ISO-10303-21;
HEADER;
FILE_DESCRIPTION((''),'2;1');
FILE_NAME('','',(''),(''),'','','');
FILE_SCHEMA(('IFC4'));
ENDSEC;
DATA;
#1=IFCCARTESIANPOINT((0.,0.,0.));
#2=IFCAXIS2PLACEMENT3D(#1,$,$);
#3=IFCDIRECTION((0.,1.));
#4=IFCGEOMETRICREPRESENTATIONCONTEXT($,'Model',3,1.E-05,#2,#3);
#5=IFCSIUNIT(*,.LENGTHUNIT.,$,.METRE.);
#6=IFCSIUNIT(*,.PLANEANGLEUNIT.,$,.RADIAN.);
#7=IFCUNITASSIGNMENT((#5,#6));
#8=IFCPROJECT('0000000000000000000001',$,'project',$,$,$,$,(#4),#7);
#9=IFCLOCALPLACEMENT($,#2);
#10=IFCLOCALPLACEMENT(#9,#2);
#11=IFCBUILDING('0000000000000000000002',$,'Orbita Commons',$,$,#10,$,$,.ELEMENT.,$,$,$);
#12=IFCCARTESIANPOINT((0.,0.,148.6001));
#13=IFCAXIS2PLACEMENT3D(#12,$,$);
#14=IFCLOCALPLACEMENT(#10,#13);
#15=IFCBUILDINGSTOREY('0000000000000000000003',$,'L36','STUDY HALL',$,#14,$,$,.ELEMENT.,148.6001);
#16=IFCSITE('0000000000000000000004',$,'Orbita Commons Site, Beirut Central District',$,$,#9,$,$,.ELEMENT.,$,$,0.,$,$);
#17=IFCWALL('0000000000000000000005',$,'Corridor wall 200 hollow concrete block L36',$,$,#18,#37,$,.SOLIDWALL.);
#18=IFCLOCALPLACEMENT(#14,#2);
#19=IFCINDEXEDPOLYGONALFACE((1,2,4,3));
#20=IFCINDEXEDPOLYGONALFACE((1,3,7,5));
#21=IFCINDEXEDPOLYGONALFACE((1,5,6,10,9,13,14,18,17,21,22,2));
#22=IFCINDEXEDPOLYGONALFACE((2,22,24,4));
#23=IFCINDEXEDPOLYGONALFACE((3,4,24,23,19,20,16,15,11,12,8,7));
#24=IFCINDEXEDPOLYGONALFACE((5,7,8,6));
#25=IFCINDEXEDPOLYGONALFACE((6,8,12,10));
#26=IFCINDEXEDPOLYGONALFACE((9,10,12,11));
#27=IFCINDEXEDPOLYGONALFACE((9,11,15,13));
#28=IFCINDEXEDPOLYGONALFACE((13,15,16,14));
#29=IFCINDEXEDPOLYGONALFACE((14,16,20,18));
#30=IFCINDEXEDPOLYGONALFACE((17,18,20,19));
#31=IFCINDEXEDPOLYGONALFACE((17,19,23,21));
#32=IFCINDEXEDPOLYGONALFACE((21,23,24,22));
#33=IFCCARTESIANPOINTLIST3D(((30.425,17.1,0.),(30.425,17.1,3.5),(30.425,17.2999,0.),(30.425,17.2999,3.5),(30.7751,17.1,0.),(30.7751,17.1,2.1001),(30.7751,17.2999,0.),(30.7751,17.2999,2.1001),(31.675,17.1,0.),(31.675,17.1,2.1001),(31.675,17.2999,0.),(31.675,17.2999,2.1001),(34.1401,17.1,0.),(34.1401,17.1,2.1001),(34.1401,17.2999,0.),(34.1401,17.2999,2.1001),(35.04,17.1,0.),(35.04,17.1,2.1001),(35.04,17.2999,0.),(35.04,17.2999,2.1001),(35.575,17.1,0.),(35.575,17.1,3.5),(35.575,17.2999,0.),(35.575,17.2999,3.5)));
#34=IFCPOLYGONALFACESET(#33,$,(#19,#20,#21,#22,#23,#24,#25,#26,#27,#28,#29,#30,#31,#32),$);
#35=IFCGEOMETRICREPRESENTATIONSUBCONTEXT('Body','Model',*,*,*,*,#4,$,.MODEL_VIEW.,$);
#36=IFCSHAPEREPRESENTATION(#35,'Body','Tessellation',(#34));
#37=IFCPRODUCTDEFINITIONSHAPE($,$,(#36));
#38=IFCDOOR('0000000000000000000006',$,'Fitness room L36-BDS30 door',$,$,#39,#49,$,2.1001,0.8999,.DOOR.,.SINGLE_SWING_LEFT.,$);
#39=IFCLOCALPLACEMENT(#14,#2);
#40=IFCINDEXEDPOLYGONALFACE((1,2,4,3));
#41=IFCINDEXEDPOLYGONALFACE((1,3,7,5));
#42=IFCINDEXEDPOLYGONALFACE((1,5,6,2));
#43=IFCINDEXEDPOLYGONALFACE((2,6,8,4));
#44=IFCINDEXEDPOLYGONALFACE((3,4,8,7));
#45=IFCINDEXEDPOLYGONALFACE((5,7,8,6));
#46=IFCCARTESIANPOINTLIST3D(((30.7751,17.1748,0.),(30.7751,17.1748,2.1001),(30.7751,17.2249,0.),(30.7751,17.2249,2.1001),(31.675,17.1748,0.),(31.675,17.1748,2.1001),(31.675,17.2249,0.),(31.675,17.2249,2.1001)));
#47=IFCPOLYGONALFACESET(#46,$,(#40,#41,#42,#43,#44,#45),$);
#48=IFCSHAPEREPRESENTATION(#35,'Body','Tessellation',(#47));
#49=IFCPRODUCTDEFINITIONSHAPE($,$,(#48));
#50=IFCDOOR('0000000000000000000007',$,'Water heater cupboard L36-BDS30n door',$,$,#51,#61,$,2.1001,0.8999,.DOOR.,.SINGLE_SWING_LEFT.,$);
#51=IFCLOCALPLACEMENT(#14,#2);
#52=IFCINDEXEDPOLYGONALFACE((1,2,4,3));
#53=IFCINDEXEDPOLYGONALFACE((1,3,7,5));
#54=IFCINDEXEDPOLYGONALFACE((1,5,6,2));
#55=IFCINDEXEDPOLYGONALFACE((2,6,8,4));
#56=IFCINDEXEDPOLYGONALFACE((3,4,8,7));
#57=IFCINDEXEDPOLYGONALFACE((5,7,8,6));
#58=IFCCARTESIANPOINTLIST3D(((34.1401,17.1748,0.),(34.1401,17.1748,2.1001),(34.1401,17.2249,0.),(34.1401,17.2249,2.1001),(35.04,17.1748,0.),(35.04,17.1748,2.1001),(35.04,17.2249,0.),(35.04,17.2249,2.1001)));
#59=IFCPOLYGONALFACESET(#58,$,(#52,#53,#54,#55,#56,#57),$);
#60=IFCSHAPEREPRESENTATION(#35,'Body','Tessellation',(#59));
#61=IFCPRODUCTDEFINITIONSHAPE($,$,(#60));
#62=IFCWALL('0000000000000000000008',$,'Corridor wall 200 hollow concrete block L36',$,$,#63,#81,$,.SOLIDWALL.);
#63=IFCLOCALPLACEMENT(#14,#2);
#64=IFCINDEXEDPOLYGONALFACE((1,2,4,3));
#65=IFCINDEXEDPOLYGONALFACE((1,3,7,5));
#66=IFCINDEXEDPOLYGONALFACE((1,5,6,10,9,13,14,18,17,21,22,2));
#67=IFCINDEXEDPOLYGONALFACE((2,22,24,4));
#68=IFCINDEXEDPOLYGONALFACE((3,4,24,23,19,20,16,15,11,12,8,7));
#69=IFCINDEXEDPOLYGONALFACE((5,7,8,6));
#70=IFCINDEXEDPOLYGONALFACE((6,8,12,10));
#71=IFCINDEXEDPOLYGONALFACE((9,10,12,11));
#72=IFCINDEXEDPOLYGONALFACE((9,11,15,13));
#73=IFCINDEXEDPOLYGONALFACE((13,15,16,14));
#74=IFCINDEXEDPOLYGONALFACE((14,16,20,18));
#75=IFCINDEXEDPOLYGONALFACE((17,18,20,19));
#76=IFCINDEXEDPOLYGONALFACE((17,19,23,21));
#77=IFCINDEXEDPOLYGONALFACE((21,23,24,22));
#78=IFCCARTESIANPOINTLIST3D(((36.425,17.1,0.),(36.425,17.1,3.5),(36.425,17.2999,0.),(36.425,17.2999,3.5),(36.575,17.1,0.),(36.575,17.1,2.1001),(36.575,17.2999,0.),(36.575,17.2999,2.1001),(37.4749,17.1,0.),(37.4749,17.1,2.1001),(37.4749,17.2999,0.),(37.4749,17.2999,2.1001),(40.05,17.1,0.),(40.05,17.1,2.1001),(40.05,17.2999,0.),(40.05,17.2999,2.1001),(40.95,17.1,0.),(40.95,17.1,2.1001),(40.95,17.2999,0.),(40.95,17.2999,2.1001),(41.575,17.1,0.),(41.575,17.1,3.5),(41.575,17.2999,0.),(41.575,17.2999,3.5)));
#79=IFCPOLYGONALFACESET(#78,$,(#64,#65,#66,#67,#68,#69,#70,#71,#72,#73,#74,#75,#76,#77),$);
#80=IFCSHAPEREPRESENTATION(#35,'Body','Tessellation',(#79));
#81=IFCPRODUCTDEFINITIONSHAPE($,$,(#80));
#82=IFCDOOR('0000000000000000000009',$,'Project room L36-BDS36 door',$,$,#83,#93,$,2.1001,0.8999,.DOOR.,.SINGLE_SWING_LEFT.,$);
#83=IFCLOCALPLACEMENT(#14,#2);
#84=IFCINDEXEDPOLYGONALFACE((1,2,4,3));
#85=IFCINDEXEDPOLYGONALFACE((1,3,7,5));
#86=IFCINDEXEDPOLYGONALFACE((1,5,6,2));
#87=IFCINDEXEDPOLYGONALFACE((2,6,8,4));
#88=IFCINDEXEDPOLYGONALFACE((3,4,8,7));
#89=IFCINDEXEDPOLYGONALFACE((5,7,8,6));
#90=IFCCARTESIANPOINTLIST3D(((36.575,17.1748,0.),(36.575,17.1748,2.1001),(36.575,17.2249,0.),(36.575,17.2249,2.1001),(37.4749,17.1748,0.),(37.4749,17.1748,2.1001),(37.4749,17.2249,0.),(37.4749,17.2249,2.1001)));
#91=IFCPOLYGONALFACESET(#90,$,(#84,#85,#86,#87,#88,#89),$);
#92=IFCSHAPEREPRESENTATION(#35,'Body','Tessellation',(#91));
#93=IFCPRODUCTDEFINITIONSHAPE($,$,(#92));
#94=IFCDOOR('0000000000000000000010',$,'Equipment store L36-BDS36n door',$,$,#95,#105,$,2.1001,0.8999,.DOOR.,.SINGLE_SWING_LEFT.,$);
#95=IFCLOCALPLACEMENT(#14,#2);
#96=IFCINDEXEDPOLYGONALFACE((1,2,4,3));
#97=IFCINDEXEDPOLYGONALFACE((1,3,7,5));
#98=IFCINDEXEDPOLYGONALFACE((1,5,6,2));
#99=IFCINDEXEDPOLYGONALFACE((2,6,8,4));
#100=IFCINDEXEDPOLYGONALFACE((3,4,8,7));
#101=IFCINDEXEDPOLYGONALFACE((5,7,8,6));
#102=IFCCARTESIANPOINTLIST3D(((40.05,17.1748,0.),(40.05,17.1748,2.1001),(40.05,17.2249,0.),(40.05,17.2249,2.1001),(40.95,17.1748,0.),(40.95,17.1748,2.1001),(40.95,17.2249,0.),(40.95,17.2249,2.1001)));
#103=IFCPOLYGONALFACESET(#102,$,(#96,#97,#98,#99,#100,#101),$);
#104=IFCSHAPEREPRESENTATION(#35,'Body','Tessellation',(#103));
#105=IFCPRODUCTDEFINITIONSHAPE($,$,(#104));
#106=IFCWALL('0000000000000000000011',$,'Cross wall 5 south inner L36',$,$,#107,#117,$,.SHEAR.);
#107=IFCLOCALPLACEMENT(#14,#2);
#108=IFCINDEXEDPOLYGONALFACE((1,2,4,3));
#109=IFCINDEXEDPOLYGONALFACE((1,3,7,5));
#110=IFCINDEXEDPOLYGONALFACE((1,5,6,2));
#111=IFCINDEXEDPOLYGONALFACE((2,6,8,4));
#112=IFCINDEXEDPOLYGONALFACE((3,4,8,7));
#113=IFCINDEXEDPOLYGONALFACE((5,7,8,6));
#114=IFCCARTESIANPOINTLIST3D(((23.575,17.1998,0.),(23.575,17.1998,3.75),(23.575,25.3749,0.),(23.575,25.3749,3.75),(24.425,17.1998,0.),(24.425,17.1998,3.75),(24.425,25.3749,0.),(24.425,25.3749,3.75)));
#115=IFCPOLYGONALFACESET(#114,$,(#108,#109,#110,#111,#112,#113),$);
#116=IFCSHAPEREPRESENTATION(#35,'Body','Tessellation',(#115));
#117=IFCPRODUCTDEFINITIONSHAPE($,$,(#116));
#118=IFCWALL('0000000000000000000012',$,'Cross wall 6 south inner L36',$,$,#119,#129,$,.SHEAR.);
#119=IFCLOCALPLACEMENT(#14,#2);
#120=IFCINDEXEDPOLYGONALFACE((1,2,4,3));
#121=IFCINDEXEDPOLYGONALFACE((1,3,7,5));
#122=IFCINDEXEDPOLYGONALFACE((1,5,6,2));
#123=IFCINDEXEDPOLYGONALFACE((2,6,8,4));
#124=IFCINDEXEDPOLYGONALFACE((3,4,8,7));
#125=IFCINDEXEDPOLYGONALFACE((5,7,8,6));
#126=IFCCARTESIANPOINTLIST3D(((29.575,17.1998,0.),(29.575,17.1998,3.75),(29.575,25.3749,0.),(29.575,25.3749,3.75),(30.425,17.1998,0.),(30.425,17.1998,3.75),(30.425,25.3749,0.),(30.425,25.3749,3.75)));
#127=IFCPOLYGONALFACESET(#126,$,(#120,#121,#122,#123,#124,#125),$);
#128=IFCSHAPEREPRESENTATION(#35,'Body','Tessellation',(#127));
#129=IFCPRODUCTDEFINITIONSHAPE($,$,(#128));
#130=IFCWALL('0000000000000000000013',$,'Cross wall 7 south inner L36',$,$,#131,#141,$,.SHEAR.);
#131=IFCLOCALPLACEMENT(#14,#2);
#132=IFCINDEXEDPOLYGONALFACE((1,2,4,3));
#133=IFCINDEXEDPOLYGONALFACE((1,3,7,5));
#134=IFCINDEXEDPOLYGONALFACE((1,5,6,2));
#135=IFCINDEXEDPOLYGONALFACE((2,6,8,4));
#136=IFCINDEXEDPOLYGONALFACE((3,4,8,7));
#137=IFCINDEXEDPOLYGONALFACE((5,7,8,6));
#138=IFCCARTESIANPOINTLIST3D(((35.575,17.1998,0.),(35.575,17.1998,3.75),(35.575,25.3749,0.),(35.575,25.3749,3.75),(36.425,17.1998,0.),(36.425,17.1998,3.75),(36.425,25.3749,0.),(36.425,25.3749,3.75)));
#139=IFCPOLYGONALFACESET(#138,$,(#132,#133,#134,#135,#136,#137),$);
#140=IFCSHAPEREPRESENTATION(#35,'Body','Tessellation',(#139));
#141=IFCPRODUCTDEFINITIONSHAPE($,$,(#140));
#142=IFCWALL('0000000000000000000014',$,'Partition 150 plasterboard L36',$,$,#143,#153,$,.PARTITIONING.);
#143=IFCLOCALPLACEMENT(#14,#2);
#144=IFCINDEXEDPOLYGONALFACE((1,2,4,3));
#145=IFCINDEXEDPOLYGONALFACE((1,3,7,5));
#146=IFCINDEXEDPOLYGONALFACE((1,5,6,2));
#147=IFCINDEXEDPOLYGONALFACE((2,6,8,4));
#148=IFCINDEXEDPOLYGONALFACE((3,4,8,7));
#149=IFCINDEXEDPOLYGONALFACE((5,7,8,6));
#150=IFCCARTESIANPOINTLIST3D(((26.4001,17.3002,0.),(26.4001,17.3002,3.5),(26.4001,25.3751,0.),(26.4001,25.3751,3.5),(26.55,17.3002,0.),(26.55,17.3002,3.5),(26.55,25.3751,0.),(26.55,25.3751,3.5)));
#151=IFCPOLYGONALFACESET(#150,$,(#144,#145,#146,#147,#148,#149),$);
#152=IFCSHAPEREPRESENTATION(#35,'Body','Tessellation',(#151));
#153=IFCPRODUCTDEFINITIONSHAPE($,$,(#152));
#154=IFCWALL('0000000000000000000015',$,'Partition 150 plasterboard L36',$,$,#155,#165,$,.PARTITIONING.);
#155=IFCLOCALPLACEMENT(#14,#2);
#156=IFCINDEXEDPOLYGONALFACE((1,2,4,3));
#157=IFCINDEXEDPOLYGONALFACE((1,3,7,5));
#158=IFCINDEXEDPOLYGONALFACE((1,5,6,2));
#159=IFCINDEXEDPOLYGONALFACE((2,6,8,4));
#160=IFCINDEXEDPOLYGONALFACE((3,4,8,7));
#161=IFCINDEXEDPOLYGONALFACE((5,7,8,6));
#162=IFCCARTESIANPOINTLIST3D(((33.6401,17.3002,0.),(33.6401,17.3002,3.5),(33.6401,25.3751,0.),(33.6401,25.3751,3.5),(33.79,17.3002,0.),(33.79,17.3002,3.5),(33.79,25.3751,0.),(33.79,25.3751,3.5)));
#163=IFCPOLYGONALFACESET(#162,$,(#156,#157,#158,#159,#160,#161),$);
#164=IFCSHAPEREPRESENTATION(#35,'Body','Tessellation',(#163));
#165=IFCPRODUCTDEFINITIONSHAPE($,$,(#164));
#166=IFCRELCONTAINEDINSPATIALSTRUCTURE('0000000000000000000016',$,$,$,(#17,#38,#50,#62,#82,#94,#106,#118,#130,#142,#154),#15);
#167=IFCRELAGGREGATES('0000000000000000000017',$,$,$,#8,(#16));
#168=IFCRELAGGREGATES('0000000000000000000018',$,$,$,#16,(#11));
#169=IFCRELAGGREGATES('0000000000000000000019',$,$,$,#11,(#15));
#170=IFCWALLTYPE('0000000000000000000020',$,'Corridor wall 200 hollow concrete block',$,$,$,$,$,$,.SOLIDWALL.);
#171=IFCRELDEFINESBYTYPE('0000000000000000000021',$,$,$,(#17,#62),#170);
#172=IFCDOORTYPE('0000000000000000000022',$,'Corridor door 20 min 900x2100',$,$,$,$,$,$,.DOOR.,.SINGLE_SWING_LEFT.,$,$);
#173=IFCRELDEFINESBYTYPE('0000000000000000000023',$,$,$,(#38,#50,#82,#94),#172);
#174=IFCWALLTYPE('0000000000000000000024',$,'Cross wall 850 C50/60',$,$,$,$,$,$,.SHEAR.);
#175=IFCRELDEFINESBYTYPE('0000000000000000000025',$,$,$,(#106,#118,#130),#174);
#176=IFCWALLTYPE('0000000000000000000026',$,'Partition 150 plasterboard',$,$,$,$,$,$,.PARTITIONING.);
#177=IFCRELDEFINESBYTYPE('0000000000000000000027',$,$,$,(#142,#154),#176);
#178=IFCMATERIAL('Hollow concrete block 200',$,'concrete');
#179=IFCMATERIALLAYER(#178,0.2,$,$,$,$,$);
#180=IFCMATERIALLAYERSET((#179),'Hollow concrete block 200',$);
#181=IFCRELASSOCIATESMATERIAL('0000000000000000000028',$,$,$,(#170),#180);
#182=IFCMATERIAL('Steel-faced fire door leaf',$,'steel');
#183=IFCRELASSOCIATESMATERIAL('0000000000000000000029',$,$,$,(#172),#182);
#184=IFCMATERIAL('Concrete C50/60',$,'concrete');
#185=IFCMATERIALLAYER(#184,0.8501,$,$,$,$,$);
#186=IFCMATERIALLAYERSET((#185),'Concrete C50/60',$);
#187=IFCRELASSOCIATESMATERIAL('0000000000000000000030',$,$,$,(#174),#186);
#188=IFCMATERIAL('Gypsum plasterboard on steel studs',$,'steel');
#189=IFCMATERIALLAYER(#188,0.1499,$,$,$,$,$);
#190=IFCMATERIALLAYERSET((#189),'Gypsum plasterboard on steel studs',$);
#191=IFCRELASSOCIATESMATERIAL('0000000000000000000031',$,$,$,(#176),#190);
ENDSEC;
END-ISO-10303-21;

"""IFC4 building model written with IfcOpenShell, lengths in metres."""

from ifc_helpers import new_model, si_unit, direction, frame, frame_2d, origin, place, context, subcontext, project, spatial, rectangle, extrude, material, layer, layer_set, type_object, element, fill, save


model = new_model("IFC4")

# Units and contexts
model_context = context("Model", 3, precision=1e-05, world=origin(), true_north=direction((0.0, 1.0)))
body_context = subcontext(model_context, "Body", "Model", "MODEL_VIEW")
ifc_project = project(units=[si_unit("LENGTHUNIT", "METRE"), si_unit("PLANEANGLEUNIT", "RADIAN")], contexts=[model_context])

# Site, building, storey
site_placement = place(None, origin())
site = spatial("IfcSite", under=ifc_project, at=site_placement, Name="Orbita Commons Site, Beirut Central District", CompositionType="ELEMENT", RefElevation=0.0)
building_placement = place(site_placement, origin())
building = spatial("IfcBuilding", under=site, at=building_placement, Name="Orbita Commons", CompositionType="ELEMENT")
storey_placement = place(building_placement, frame((0.0, 0.0, 148.6001)))
storey = spatial("IfcBuildingStorey", under=building, at=storey_placement, Name="L36", Description="STUDY HALL", CompositionType="ELEMENT", Elevation=148.6001)

# Walls, openings, doors
ifc_material_1 = material(Name="Hollow concrete block 200", Category="concrete")
ifc_layer_1 = layer(ifc_material_1, 0.2)
ifc_layer_set_1 = layer_set([ifc_layer_1], Name="Hollow concrete block 200")
wall_type_1 = type_object("IfcWallType", Name="Corridor wall 200 hollow concrete block", PredefinedType="SOLIDWALL", material=ifc_layer_set_1)
ifc_material_2 = material(Name="Steel-faced fire door leaf", Category="steel")
door_type_1 = type_object("IfcDoorType", Name="Corridor door 20 min 900x2100", OperationType="SINGLE_SWING_LEFT", PredefinedType="DOOR", material=ifc_material_2)
wall_1_placement = place(storey_placement, frame((30.425, 17.2, 0.0), z_axis=(0.0, 0.0, 1.0), x_axis=(1.0, 0.0, 0.0)))
wall_1 = element("IfcWall", 1, at=wall_1_placement, inside=storey, type_object=wall_type_1, Name="Corridor wall 200 hollow concrete block L36", PredefinedType="SOLIDWALL", context=body_context, shape_type="SweptSolid", body=[
    extrude(rectangle(XDim=5.1499, YDim=0.2, at=frame_2d((2.575, 0.0))), origin(), (0.0, 0.0, 1.0), 3.5),
])
opening_1_placement = place(wall_1_placement, frame((0.3501, 0.0, 0.0)))
opening_1 = element("IfcOpeningElement", 2, at=opening_1_placement, cuts=wall_1, PredefinedType="OPENING", context=body_context, shape_type="SweptSolid", body=[
    extrude(rectangle(XDim=0.8999, YDim=2.1001, at=frame_2d((0.45, 1.05))), frame((0.0, 0.1099, 0.0), z_axis=(0.0, -1.0, 0.0), x_axis=(1.0, 0.0, 0.0)), (0.0, 0.0, 1.0), 0.22),
])
opening_2_placement = place(wall_1_placement, frame((3.7151, 0.0, 0.0)))
opening_2 = element("IfcOpeningElement", 3, at=opening_2_placement, cuts=wall_1, PredefinedType="OPENING", context=body_context, shape_type="SweptSolid", body=[
    extrude(rectangle(XDim=0.8999, YDim=2.1001, at=frame_2d((0.45, 1.05))), frame((0.0, 0.1099, 0.0), z_axis=(0.0, -1.0, 0.0), x_axis=(1.0, 0.0, 0.0)), (0.0, 0.0, 1.0), 0.22),
])
door_1_placement = place(opening_1_placement, origin())
door_1 = element("IfcDoor", 4, at=door_1_placement, inside=storey, type_object=door_type_1, Name="Fitness room L36-BDS30 door", OperationType="SINGLE_SWING_LEFT", OverallHeight=2.1001, OverallWidth=0.8999, PredefinedType="DOOR", context=body_context, shape_type="SweptSolid", body=[
    extrude(rectangle(XDim=0.8999, YDim=2.1001, at=frame_2d((0.45, 1.05))), frame((0.0, 0.0249, 0.0), z_axis=(0.0, -1.0, 0.0), x_axis=(1.0, 0.0, 0.0)), (0.0, 0.0, 1.0), 0.05),
])
fill(opening_1, door_1)
door_2_placement = place(opening_2_placement, origin())
door_2 = element("IfcDoor", 5, at=door_2_placement, inside=storey, type_object=door_type_1, Name="Water heater cupboard L36-BDS30n door", OperationType="SINGLE_SWING_LEFT", OverallHeight=2.1001, OverallWidth=0.8999, PredefinedType="DOOR", context=body_context, shape_type="SweptSolid", body=[
    extrude(rectangle(XDim=0.8999, YDim=2.1001, at=frame_2d((0.45, 1.05))), frame((0.0, 0.0249, 0.0), z_axis=(0.0, -1.0, 0.0), x_axis=(1.0, 0.0, 0.0)), (0.0, 0.0, 1.0), 0.05),
])
fill(opening_2, door_2)
wall_2_placement = place(storey_placement, frame((36.425, 17.2, 0.0), z_axis=(0.0, 0.0, 1.0), x_axis=(1.0, 0.0, 0.0)))
wall_2 = element("IfcWall", 6, at=wall_2_placement, inside=storey, type_object=wall_type_1, Name="Corridor wall 200 hollow concrete block L36", PredefinedType="SOLIDWALL", context=body_context, shape_type="SweptSolid", body=[
    extrude(rectangle(XDim=5.1499, YDim=0.2, at=frame_2d((2.575, 0.0))), origin(), (0.0, 0.0, 1.0), 3.5),
])
opening_3_placement = place(wall_2_placement, frame((0.1499, 0.0, 0.0)))
opening_3 = element("IfcOpeningElement", 7, at=opening_3_placement, cuts=wall_2, PredefinedType="OPENING", context=body_context, shape_type="SweptSolid", body=[
    extrude(rectangle(XDim=0.8999, YDim=2.1001, at=frame_2d((0.45, 1.05))), frame((0.0, 0.1099, 0.0), z_axis=(0.0, -1.0, 0.0), x_axis=(1.0, 0.0, 0.0)), (0.0, 0.0, 1.0), 0.22),
])
opening_4_placement = place(wall_2_placement, frame((3.625, 0.0, 0.0)))
opening_4 = element("IfcOpeningElement", 8, at=opening_4_placement, cuts=wall_2, PredefinedType="OPENING", context=body_context, shape_type="SweptSolid", body=[
    extrude(rectangle(XDim=0.8999, YDim=2.1001, at=frame_2d((0.45, 1.05))), frame((0.0, 0.1099, 0.0), z_axis=(0.0, -1.0, 0.0), x_axis=(1.0, 0.0, 0.0)), (0.0, 0.0, 1.0), 0.22),
])
door_3_placement = place(opening_3_placement, origin())
door_3 = element("IfcDoor", 9, at=door_3_placement, inside=storey, type_object=door_type_1, Name="Project room L36-BDS36 door", OperationType="SINGLE_SWING_LEFT", OverallHeight=2.1001, OverallWidth=0.8999, PredefinedType="DOOR", context=body_context, shape_type="SweptSolid", body=[
    extrude(rectangle(XDim=0.8999, YDim=2.1001, at=frame_2d((0.45, 1.05))), frame((0.0, 0.0249, 0.0), z_axis=(0.0, -1.0, 0.0), x_axis=(1.0, 0.0, 0.0)), (0.0, 0.0, 1.0), 0.05),
])
fill(opening_3, door_3)
door_4_placement = place(opening_4_placement, origin())
door_4 = element("IfcDoor", 10, at=door_4_placement, inside=storey, type_object=door_type_1, Name="Equipment store L36-BDS36n door", OperationType="SINGLE_SWING_LEFT", OverallHeight=2.1001, OverallWidth=0.8999, PredefinedType="DOOR", context=body_context, shape_type="SweptSolid", body=[
    extrude(rectangle(XDim=0.8999, YDim=2.1001, at=frame_2d((0.45, 1.05))), frame((0.0, 0.0249, 0.0), z_axis=(0.0, -1.0, 0.0), x_axis=(1.0, 0.0, 0.0)), (0.0, 0.0, 1.0), 0.05),
])
fill(opening_4, door_4)

# Walls
ifc_material_3 = material(Name="Concrete C50/60", Category="concrete")
ifc_layer_2 = layer(ifc_material_3, 0.8501)
ifc_layer_set_2 = layer_set([ifc_layer_2], Name="Concrete C50/60")
wall_type_2 = type_object("IfcWallType", Name="Cross wall 850 C50/60", PredefinedType="SHEAR", material=ifc_layer_set_2)
for number, where, z_axis, x_axis, name in (
    (11, (24.0, 17.2, 0.0), (0.0, 0.0, 1.0), (0.0, 1.0, 0.0), "Cross wall 5 south inner L36"),
    (12, (30.0, 17.2, 0.0), (0.0, 0.0, 1.0), (0.0, 1.0, 0.0), "Cross wall 6 south inner L36"),
    (13, (36.0, 17.2, 0.0), (0.0, 0.0, 1.0), (0.0, 1.0, 0.0), "Cross wall 7 south inner L36"),
):
    element("IfcWall", number, at=place(storey_placement, frame(where, z_axis=z_axis, x_axis=x_axis)), inside=storey, type_object=wall_type_2, Name=name, PredefinedType="SHEAR", context=body_context, shape_type="SweptSolid", body=[
        extrude(rectangle(XDim=8.175, YDim=0.8501, at=frame_2d((4.0874, 0.0))), origin(), (0.0, 0.0, 1.0), 3.75),
    ])
ifc_material_4 = material(Name="Gypsum plasterboard on steel studs", Category="steel")
ifc_layer_3 = layer(ifc_material_4, 0.1499)
ifc_layer_set_3 = layer_set([ifc_layer_3], Name="Gypsum plasterboard on steel studs")
wall_type_3 = type_object("IfcWallType", Name="Partition 150 plasterboard", PredefinedType="PARTITIONING", material=ifc_layer_set_3)
for number, where, z_axis, x_axis, name in (
    (14, (26.4751, 17.3, 0.0), (0.0, 0.0, 1.0), (0.0, 1.0, 0.0), "Partition 150 plasterboard L36"),
    (15, (33.7151, 17.3, 0.0), (0.0, 0.0, 1.0), (0.0, 1.0, 0.0), "Partition 150 plasterboard L36"),
):
    element("IfcWall", number, at=place(storey_placement, frame(where, z_axis=z_axis, x_axis=x_axis)), inside=storey, type_object=wall_type_3, Name=name, PredefinedType="PARTITIONING", context=body_context, shape_type="SweptSolid", body=[
        extrude(rectangle(XDim=8.075, YDim=0.1499, at=frame_2d((4.0376, 0.0))), origin(), (0.0, 0.0, 1.0), 3.5),
    ])

save(model, "model.ifc")
